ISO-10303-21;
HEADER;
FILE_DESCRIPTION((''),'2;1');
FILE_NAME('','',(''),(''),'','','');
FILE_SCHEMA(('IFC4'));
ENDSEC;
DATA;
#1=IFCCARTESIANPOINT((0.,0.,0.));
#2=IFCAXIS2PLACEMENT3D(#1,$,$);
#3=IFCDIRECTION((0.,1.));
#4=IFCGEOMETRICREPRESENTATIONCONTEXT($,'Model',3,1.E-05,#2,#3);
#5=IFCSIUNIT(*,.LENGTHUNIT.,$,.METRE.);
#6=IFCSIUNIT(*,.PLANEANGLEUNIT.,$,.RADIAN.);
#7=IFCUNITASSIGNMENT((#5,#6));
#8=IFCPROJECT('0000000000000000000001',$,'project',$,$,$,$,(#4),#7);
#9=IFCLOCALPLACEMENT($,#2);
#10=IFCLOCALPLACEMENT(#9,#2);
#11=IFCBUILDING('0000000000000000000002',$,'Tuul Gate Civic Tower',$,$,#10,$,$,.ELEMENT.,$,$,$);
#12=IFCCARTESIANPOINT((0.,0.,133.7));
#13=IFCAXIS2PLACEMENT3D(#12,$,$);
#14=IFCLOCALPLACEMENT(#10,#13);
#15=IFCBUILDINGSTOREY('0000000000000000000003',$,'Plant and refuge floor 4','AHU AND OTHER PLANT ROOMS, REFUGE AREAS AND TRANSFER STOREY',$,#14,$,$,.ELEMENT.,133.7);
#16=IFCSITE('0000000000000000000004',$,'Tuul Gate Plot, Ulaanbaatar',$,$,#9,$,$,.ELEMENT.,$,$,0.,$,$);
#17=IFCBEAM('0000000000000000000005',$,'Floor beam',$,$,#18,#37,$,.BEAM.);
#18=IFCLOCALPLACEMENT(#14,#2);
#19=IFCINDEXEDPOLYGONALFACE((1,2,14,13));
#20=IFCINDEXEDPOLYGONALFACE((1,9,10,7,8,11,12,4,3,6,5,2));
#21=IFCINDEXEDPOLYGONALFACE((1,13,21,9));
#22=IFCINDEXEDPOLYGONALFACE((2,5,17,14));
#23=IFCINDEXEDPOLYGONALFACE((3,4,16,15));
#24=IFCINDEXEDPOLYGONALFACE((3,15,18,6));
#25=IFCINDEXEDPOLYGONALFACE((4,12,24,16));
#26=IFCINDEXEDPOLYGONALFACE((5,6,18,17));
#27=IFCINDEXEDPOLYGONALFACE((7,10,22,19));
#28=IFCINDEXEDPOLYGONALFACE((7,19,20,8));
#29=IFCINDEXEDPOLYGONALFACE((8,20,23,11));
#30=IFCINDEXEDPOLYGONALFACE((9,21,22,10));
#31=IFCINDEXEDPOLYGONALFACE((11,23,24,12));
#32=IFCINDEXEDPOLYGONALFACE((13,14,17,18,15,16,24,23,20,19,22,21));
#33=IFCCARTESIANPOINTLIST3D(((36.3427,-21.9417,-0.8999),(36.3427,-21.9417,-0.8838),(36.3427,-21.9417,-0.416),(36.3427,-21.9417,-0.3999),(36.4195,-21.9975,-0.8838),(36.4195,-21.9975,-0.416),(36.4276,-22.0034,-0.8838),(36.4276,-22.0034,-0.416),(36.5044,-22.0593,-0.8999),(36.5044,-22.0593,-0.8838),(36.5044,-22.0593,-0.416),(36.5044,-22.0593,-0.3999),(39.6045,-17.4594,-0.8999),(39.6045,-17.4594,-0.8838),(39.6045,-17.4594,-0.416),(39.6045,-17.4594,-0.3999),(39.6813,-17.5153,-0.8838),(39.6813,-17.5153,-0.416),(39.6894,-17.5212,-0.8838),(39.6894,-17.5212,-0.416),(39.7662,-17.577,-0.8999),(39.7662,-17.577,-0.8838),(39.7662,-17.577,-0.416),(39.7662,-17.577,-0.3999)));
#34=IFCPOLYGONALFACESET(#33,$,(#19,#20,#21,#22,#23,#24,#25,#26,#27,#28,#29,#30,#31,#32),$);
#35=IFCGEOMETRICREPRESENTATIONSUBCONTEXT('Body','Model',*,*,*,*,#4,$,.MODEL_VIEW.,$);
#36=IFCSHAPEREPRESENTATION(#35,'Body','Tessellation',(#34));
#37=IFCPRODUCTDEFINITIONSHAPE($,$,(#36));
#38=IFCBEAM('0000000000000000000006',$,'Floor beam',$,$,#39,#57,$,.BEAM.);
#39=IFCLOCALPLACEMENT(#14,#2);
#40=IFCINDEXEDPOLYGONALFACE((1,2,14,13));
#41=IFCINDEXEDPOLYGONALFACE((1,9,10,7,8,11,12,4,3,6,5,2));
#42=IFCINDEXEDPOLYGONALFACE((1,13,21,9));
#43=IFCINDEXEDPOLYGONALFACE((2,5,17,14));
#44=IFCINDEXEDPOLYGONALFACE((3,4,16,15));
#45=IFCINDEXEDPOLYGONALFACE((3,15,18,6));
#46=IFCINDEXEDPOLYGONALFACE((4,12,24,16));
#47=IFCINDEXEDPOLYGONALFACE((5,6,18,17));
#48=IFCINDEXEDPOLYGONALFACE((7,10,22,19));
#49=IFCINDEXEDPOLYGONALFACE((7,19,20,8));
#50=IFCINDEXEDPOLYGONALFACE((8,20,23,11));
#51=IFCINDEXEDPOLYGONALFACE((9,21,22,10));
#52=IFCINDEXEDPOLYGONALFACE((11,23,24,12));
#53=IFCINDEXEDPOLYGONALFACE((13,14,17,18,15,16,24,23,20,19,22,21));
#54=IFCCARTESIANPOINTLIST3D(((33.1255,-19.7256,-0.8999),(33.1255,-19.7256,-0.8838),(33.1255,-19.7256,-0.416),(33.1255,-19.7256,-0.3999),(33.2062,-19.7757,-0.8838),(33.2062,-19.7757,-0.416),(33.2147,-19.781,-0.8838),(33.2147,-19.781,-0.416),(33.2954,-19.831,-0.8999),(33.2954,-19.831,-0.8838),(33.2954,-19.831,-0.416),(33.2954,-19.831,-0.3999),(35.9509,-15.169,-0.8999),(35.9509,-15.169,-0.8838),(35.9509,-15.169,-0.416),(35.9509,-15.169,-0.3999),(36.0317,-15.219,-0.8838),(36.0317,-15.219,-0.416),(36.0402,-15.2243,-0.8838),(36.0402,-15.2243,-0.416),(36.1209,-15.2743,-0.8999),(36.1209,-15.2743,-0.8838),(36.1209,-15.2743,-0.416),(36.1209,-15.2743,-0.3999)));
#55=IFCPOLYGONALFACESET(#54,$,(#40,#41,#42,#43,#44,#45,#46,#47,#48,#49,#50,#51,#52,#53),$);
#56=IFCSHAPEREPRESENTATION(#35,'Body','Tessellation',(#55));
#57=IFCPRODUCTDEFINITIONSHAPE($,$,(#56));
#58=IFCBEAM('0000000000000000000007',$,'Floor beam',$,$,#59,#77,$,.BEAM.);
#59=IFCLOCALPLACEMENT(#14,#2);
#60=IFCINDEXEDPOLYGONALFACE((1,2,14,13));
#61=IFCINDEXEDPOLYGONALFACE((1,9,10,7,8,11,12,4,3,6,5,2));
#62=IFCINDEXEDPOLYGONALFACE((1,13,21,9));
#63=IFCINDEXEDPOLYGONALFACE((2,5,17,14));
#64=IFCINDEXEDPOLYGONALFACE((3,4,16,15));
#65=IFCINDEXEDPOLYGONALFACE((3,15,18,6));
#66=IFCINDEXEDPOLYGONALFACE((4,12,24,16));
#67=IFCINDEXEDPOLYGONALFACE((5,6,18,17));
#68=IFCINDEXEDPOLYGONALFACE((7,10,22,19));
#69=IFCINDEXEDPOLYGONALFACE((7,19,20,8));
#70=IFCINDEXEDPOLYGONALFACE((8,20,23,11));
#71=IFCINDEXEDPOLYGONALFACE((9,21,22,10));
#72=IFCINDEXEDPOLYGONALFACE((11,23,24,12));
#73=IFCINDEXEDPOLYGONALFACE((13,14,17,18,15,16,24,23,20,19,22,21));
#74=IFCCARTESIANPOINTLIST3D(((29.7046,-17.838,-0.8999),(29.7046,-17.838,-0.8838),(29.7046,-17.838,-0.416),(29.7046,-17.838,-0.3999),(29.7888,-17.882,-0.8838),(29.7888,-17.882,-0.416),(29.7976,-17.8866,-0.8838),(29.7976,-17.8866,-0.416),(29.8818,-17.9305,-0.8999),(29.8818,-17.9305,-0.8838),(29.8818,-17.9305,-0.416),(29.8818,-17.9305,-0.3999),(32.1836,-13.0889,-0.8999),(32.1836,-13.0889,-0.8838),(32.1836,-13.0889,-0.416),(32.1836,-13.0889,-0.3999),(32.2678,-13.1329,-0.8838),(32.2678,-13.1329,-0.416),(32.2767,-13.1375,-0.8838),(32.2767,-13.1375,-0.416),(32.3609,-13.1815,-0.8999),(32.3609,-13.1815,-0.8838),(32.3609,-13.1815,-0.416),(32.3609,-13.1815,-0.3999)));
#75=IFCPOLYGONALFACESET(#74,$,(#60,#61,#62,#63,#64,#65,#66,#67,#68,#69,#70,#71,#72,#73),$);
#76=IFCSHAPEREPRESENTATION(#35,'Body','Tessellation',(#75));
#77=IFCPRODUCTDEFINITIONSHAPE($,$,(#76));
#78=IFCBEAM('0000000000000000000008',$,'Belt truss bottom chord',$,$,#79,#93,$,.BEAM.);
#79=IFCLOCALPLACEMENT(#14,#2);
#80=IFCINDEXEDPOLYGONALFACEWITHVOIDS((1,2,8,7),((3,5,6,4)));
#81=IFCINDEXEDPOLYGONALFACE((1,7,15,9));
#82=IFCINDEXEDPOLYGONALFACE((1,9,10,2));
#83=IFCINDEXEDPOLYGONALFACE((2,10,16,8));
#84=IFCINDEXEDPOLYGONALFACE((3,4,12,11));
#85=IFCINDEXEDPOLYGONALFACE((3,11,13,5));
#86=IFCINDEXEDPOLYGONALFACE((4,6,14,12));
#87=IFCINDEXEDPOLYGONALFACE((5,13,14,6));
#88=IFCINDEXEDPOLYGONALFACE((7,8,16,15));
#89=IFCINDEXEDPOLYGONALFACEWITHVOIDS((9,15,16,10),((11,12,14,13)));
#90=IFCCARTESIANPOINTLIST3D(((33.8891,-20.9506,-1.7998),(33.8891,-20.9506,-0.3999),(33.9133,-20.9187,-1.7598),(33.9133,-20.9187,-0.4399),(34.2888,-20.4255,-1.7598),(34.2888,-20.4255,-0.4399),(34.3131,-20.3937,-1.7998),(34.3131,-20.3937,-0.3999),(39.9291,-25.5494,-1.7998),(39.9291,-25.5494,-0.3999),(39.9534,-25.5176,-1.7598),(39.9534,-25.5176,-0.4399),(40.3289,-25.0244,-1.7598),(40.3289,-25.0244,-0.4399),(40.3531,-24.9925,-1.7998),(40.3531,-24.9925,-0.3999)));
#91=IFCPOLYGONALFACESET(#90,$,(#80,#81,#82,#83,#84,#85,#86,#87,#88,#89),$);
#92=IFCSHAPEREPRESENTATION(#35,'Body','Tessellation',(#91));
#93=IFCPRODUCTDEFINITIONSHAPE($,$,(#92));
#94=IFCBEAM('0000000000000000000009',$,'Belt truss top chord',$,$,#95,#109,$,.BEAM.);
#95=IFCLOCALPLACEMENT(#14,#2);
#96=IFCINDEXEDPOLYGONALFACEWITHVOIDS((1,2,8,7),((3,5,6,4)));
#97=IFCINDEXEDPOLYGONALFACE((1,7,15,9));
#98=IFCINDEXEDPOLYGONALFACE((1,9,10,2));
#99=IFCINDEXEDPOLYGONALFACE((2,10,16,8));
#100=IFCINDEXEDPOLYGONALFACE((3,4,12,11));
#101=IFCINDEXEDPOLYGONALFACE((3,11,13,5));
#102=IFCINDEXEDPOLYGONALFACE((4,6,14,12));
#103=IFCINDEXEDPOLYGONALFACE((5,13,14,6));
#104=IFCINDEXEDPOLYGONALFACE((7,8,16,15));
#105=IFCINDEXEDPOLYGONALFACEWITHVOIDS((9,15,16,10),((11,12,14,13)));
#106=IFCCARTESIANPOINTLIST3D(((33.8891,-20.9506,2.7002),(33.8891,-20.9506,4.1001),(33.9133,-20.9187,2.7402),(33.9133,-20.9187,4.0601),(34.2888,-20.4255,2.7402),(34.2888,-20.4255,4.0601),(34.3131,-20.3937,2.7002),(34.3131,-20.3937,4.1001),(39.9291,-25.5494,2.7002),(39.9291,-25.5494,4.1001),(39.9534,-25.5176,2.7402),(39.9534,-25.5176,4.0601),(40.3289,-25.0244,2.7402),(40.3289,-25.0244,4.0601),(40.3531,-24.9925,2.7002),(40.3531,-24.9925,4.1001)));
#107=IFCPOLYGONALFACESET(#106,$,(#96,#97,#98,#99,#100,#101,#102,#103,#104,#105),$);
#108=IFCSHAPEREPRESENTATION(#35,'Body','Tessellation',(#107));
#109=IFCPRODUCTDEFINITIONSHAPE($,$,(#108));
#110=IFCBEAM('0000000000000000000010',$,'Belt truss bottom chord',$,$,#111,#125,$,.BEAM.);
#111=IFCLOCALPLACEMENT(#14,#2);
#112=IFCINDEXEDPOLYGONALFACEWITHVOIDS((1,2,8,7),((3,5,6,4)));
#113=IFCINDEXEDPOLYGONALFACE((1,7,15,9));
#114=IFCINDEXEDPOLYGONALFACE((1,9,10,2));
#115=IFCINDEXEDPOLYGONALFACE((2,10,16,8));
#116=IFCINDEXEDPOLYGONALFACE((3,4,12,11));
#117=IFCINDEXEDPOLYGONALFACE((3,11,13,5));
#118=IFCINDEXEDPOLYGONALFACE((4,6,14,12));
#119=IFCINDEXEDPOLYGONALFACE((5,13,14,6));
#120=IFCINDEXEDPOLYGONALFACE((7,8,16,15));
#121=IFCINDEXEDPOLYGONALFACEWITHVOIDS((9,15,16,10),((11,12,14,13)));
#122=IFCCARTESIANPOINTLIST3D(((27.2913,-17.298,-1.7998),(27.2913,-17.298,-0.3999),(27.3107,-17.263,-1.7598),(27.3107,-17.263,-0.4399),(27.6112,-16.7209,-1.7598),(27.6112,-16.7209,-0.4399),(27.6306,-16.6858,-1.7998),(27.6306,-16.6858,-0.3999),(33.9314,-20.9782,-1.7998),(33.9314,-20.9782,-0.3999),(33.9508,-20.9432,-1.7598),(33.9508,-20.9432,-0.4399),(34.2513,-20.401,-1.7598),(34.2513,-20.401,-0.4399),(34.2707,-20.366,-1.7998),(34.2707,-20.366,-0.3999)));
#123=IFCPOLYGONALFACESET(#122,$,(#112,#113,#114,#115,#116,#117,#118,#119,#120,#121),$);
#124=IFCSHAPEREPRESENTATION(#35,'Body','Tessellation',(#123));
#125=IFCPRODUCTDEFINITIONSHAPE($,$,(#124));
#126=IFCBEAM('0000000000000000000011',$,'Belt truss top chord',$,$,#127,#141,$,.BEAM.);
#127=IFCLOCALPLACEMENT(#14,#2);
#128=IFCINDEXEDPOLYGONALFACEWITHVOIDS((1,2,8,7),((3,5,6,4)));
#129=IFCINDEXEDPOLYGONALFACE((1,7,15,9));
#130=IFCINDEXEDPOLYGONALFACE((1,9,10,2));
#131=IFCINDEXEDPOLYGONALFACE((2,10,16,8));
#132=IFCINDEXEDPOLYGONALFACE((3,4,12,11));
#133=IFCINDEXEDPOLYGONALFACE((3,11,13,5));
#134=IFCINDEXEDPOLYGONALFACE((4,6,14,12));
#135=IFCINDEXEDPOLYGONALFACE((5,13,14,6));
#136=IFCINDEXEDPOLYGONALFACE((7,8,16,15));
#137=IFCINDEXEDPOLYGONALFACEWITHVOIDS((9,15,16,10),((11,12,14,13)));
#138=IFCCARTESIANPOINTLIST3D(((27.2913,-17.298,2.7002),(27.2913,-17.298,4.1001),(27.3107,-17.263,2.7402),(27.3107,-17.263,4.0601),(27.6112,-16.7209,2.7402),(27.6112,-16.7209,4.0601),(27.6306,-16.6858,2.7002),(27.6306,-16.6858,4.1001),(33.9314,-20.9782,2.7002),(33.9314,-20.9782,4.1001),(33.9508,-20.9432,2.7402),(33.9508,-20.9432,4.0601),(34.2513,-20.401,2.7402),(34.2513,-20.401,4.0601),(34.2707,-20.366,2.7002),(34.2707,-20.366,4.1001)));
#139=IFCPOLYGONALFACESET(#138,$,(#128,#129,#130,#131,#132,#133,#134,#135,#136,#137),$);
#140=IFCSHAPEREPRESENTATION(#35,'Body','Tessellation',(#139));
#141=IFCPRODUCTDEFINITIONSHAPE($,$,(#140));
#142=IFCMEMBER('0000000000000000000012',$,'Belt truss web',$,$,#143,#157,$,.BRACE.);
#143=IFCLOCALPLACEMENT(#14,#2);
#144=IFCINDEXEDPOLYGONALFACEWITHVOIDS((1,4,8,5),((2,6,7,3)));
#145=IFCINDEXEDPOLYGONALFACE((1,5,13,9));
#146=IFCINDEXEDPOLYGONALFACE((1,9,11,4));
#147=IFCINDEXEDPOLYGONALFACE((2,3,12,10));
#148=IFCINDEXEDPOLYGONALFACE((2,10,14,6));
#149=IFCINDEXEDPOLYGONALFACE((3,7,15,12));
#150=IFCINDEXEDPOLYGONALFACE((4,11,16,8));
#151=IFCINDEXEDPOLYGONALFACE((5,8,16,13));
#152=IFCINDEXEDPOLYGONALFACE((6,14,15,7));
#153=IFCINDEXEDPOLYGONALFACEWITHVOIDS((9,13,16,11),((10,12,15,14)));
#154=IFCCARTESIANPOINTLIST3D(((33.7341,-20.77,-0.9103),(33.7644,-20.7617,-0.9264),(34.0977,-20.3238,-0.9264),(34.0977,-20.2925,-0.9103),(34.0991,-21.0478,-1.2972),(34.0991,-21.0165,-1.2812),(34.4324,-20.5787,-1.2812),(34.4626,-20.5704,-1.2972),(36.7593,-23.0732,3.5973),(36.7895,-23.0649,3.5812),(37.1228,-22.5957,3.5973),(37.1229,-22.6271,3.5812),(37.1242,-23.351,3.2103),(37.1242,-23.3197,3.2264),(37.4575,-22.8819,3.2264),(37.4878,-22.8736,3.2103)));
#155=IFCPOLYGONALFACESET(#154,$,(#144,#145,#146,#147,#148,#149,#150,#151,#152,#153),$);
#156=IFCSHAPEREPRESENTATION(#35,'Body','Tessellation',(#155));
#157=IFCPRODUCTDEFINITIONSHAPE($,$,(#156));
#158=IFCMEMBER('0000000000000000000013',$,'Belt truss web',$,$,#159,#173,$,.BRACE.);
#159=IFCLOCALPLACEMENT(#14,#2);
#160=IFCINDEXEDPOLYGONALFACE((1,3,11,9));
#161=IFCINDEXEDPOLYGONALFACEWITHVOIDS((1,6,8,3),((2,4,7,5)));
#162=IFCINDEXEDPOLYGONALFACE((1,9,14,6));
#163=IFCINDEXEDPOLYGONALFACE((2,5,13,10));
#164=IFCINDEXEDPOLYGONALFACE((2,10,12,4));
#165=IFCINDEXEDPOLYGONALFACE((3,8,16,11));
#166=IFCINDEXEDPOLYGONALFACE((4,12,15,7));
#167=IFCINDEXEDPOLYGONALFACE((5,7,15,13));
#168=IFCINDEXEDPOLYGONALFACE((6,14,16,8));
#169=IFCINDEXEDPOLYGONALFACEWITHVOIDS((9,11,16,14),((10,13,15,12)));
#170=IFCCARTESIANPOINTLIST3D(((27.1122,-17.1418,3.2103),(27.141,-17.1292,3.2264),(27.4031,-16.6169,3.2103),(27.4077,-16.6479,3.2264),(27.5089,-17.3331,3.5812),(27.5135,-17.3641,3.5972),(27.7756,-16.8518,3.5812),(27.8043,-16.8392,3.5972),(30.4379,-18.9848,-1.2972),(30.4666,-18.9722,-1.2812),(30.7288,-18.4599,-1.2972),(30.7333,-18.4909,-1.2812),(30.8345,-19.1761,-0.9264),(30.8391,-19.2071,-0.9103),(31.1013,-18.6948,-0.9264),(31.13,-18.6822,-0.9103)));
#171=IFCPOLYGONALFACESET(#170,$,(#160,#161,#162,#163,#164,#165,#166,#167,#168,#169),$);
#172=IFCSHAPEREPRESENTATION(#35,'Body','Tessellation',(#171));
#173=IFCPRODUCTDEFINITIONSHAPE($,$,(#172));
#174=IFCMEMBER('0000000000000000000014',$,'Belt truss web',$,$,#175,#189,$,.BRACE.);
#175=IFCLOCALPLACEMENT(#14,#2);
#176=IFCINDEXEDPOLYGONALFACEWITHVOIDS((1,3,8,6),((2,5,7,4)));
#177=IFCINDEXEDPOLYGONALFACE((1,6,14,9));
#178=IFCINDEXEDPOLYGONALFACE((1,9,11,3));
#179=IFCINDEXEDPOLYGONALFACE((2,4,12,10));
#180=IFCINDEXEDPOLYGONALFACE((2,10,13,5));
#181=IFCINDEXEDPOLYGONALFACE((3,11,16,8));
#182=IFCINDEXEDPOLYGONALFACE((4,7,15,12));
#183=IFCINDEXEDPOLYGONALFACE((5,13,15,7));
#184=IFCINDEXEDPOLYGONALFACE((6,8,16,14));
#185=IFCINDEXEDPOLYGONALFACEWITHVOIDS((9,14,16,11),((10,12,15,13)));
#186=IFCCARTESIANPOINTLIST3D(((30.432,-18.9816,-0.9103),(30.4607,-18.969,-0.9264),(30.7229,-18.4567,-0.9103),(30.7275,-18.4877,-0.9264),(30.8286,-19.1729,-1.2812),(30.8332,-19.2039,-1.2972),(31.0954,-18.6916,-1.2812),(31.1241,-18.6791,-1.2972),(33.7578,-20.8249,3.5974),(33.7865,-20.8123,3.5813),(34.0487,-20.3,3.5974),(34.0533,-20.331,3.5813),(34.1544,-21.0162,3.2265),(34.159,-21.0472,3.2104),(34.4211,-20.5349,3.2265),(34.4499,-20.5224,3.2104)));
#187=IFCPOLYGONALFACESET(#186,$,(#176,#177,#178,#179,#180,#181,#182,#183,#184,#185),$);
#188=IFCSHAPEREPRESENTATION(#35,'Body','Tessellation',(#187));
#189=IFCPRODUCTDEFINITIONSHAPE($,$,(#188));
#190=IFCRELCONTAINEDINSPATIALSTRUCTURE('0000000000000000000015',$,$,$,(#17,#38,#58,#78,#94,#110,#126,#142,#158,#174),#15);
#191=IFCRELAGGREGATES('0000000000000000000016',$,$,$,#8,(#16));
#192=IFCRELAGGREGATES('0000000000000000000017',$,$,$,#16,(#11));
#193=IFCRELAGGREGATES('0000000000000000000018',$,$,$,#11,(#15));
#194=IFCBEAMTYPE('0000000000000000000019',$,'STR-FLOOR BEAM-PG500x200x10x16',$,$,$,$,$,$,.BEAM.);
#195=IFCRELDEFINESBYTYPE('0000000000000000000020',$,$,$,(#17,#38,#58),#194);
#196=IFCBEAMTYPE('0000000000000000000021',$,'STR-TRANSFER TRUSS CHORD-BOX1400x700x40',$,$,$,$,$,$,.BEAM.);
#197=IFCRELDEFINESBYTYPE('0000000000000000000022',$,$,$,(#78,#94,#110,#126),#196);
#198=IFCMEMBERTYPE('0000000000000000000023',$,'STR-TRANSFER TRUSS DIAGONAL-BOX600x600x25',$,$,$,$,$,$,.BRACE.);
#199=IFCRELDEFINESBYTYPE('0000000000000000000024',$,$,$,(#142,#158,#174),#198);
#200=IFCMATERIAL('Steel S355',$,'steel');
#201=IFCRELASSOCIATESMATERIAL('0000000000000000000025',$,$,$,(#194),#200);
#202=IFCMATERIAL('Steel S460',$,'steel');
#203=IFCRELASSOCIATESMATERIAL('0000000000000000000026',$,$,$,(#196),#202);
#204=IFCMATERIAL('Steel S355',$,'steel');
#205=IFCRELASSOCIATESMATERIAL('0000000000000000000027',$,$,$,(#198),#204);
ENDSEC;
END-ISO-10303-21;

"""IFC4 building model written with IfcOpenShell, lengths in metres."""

from ifc_helpers import new_model, si_unit, direction, frame, origin, origin_2d, place, context, subcontext, project, spatial, hollow_rectangle, i_section, extrude, material, material_profile, profile_set, type_object, element, save


model = new_model("IFC4")

# Units and contexts
model_context = context("Model", 3, precision=1e-05, world=origin(), true_north=direction((0.0, 1.0)))
body_context = subcontext(model_context, "Body", "Model", "MODEL_VIEW")
ifc_project = project(units=[si_unit("LENGTHUNIT", "METRE"), si_unit("PLANEANGLEUNIT", "RADIAN")], contexts=[model_context])

# Site, building, storey
site_placement = place(None, origin())
site = spatial("IfcSite", under=ifc_project, at=site_placement, Name="Tuul Gate Plot, Ulaanbaatar", CompositionType="ELEMENT", RefElevation=0.0)
building_placement = place(site_placement, origin())
building = spatial("IfcBuilding", under=site, at=building_placement, Name="Tuul Gate Civic Tower", CompositionType="ELEMENT")
storey_placement = place(building_placement, frame((0.0, 0.0, 133.7)))
storey = spatial("IfcBuildingStorey", under=building, at=storey_placement, Name="Plant and refuge floor 4", Description="AHU AND OTHER PLANT ROOMS, REFUGE AREAS AND TRANSFER STOREY", CompositionType="ELEMENT", Elevation=133.7)

# Beams
ifc_material_1 = material(Name="Steel S355", Category="steel")
ifc_material_profile_1 = material_profile(ifc_material_1, i_section(OverallWidth=0.2, OverallDepth=0.5, WebThickness=0.01, FlangeThickness=0.0161, at=origin_2d()), Name="PG500x200x10x16")
ifc_profile_set_1 = profile_set([ifc_material_profile_1], Name="Steel S355")
beam_type_1 = type_object("IfcBeamType", Name="STR-FLOOR BEAM-PG500x200x10x16", PredefinedType="BEAM", material=ifc_profile_set_1)
beam_1_placement = place(storey_placement, frame((36.4236, -22.0005, -0.6499), z_axis=(0.588402, 0.808568, 0.0), x_axis=(-0.808568, 0.588402, 0.0)))
element("IfcBeam", 1, at=beam_1_placement, inside=storey, type_object=beam_type_1, Name="Floor beam", PredefinedType="BEAM", context=body_context, shape_type="SweptSolid", body=[
    extrude(i_section(OverallWidth=0.2, OverallDepth=0.5, WebThickness=0.01, FlangeThickness=0.0161, at=origin_2d()), origin(), (0.0, 0.0, 1.0), 5.5435),
])
beam_2_placement = place(storey_placement, frame((33.2104, -19.7783, -0.6499), z_axis=(0.526983, 0.849876, 0.0), x_axis=(-0.849876, 0.526983, 0.0)))
element("IfcBeam", 2, at=beam_2_placement, inside=storey, type_object=beam_type_1, Name="Floor beam", PredefinedType="BEAM", context=body_context, shape_type="SweptSolid", body=[
    extrude(i_section(OverallWidth=0.2, OverallDepth=0.5, WebThickness=0.01, FlangeThickness=0.0161, at=origin_2d()), origin(), (0.0, 0.0, 1.0), 5.3616),
])
beam_3_placement = place(storey_placement, frame((29.7932, -17.8843, -0.6499), z_axis=(0.46275, 0.886489, 0.0), x_axis=(-0.886489, 0.46275, 0.0)))
element("IfcBeam", 3, at=beam_3_placement, inside=storey, type_object=beam_type_1, Name="Floor beam", PredefinedType="BEAM", context=body_context, shape_type="SweptSolid", body=[
    extrude(i_section(OverallWidth=0.2, OverallDepth=0.5, WebThickness=0.01, FlangeThickness=0.0161, at=origin_2d()), origin(), (0.0, 0.0, 1.0), 5.3572),
])
ifc_material_2 = material(Name="Steel S460", Category="steel")
ifc_material_profile_2 = material_profile(ifc_material_2, hollow_rectangle(XDim=0.7, YDim=1.3999, WallThickness=0.04, at=origin_2d()), Name="BOX1400x700x40")
ifc_profile_set_2 = profile_set([ifc_material_profile_2], Name="Steel S460")
beam_type_2 = type_object("IfcBeamType", Name="STR-TRANSFER TRUSS CHORD-BOX1400x700x40", PredefinedType="BEAM", material=ifc_profile_set_2)
for number, where, z_axis, x_axis, name in (
    (4, (34.1011, -20.6721, -1.0999), (0.795626, -0.605788, 0.0), (0.605788, 0.795626, 0.0), "Belt truss bottom chord"),
    (5, (34.1011, -20.6721, 3.4001), (0.795626, -0.605788, 0.0), (0.605788, 0.795626, 0.0), "Belt truss top chord"),
):
    element("IfcBeam", number, at=place(storey_placement, frame(where, z_axis=z_axis, x_axis=x_axis)), inside=storey, type_object=beam_type_2, Name=name, PredefinedType="BEAM", context=body_context, shape_type="SweptSolid", body=[
        extrude(hollow_rectangle(XDim=0.7, YDim=1.3999, WallThickness=0.04, at=origin_2d()), origin(), (0.0, 0.0, 1.0), 7.5916),
    ])
for number, where, z_axis, x_axis, name in (
    (6, (27.4609, -16.9919, -1.0999), (0.874648, -0.484758, 0.0), (0.484758, 0.874648, 0.0), "Belt truss bottom chord"),
    (7, (27.4609, -16.9919, 3.4001), (0.874648, -0.484758, 0.0), (0.484758, 0.874648, 0.0), "Belt truss top chord"),
):
    element("IfcBeam", number, at=place(storey_placement, frame(where, z_axis=z_axis, x_axis=x_axis)), inside=storey, type_object=beam_type_2, Name=name, PredefinedType="BEAM", context=body_context, shape_type="SweptSolid", body=[
        extrude(hollow_rectangle(XDim=0.7, YDim=1.3999, WallThickness=0.04, at=origin_2d()), origin(), (0.0, 0.0, 1.0), 7.5918),
    ])

# Members
ifc_material_3 = material(Name="Steel S355", Category="steel")
ifc_material_profile_3 = material_profile(ifc_material_3, hollow_rectangle(XDim=0.6001, YDim=0.6001, WallThickness=0.0249, at=origin_2d()), Name="BOX600x600x25")
ifc_profile_set_3 = profile_set([ifc_material_profile_3], Name="Steel S355")
member_type_1 = type_object("IfcMemberType", Name="STR-TRANSFER TRUSS DIAGONAL-BOX600x600x25", PredefinedType="BRACE", material=ifc_profile_set_3)
for number, where, z_axis, x_axis, name in (
    (8, (34.0984, -20.6702, -1.1038), (0.512998, -0.390576, 0.764384), (0.605768, 0.795641, 0.0), "Belt truss web"),
    (9, (30.7839, -18.8335, -1.1038), (-0.563958, 0.312533, 0.764378), (-0.484721, -0.874669, 0.0), "Belt truss web"),
):
    element("IfcMember", number, at=place(storey_placement, frame(where, z_axis=z_axis, x_axis=x_axis)), inside=storey, type_object=member_type_1, Name=name, PredefinedType="BRACE", context=body_context, shape_type="SweptSolid", body=[
        extrude(hollow_rectangle(XDim=0.6001, YDim=0.6001, WallThickness=0.0249, at=origin_2d()), origin(), (0.0, 0.0, 1.0), 5.897),
    ])
member_placement = place(storey_placement, frame((30.7781, -18.8303, -1.1038), z_axis=(0.563951, -0.31257, 0.764368), x_axis=(0.48477, 0.874641, 0.0)))
element("IfcMember", 10, at=member_placement, inside=storey, type_object=member_type_1, Name="Belt truss web", PredefinedType="BRACE", context=body_context, shape_type="SweptSolid", body=[
    extrude(hollow_rectangle(XDim=0.6001, YDim=0.6001, WallThickness=0.0249, at=origin_2d()), origin(), (0.0, 0.0, 1.0), 5.8972),
])

save(model, "model.ifc")
